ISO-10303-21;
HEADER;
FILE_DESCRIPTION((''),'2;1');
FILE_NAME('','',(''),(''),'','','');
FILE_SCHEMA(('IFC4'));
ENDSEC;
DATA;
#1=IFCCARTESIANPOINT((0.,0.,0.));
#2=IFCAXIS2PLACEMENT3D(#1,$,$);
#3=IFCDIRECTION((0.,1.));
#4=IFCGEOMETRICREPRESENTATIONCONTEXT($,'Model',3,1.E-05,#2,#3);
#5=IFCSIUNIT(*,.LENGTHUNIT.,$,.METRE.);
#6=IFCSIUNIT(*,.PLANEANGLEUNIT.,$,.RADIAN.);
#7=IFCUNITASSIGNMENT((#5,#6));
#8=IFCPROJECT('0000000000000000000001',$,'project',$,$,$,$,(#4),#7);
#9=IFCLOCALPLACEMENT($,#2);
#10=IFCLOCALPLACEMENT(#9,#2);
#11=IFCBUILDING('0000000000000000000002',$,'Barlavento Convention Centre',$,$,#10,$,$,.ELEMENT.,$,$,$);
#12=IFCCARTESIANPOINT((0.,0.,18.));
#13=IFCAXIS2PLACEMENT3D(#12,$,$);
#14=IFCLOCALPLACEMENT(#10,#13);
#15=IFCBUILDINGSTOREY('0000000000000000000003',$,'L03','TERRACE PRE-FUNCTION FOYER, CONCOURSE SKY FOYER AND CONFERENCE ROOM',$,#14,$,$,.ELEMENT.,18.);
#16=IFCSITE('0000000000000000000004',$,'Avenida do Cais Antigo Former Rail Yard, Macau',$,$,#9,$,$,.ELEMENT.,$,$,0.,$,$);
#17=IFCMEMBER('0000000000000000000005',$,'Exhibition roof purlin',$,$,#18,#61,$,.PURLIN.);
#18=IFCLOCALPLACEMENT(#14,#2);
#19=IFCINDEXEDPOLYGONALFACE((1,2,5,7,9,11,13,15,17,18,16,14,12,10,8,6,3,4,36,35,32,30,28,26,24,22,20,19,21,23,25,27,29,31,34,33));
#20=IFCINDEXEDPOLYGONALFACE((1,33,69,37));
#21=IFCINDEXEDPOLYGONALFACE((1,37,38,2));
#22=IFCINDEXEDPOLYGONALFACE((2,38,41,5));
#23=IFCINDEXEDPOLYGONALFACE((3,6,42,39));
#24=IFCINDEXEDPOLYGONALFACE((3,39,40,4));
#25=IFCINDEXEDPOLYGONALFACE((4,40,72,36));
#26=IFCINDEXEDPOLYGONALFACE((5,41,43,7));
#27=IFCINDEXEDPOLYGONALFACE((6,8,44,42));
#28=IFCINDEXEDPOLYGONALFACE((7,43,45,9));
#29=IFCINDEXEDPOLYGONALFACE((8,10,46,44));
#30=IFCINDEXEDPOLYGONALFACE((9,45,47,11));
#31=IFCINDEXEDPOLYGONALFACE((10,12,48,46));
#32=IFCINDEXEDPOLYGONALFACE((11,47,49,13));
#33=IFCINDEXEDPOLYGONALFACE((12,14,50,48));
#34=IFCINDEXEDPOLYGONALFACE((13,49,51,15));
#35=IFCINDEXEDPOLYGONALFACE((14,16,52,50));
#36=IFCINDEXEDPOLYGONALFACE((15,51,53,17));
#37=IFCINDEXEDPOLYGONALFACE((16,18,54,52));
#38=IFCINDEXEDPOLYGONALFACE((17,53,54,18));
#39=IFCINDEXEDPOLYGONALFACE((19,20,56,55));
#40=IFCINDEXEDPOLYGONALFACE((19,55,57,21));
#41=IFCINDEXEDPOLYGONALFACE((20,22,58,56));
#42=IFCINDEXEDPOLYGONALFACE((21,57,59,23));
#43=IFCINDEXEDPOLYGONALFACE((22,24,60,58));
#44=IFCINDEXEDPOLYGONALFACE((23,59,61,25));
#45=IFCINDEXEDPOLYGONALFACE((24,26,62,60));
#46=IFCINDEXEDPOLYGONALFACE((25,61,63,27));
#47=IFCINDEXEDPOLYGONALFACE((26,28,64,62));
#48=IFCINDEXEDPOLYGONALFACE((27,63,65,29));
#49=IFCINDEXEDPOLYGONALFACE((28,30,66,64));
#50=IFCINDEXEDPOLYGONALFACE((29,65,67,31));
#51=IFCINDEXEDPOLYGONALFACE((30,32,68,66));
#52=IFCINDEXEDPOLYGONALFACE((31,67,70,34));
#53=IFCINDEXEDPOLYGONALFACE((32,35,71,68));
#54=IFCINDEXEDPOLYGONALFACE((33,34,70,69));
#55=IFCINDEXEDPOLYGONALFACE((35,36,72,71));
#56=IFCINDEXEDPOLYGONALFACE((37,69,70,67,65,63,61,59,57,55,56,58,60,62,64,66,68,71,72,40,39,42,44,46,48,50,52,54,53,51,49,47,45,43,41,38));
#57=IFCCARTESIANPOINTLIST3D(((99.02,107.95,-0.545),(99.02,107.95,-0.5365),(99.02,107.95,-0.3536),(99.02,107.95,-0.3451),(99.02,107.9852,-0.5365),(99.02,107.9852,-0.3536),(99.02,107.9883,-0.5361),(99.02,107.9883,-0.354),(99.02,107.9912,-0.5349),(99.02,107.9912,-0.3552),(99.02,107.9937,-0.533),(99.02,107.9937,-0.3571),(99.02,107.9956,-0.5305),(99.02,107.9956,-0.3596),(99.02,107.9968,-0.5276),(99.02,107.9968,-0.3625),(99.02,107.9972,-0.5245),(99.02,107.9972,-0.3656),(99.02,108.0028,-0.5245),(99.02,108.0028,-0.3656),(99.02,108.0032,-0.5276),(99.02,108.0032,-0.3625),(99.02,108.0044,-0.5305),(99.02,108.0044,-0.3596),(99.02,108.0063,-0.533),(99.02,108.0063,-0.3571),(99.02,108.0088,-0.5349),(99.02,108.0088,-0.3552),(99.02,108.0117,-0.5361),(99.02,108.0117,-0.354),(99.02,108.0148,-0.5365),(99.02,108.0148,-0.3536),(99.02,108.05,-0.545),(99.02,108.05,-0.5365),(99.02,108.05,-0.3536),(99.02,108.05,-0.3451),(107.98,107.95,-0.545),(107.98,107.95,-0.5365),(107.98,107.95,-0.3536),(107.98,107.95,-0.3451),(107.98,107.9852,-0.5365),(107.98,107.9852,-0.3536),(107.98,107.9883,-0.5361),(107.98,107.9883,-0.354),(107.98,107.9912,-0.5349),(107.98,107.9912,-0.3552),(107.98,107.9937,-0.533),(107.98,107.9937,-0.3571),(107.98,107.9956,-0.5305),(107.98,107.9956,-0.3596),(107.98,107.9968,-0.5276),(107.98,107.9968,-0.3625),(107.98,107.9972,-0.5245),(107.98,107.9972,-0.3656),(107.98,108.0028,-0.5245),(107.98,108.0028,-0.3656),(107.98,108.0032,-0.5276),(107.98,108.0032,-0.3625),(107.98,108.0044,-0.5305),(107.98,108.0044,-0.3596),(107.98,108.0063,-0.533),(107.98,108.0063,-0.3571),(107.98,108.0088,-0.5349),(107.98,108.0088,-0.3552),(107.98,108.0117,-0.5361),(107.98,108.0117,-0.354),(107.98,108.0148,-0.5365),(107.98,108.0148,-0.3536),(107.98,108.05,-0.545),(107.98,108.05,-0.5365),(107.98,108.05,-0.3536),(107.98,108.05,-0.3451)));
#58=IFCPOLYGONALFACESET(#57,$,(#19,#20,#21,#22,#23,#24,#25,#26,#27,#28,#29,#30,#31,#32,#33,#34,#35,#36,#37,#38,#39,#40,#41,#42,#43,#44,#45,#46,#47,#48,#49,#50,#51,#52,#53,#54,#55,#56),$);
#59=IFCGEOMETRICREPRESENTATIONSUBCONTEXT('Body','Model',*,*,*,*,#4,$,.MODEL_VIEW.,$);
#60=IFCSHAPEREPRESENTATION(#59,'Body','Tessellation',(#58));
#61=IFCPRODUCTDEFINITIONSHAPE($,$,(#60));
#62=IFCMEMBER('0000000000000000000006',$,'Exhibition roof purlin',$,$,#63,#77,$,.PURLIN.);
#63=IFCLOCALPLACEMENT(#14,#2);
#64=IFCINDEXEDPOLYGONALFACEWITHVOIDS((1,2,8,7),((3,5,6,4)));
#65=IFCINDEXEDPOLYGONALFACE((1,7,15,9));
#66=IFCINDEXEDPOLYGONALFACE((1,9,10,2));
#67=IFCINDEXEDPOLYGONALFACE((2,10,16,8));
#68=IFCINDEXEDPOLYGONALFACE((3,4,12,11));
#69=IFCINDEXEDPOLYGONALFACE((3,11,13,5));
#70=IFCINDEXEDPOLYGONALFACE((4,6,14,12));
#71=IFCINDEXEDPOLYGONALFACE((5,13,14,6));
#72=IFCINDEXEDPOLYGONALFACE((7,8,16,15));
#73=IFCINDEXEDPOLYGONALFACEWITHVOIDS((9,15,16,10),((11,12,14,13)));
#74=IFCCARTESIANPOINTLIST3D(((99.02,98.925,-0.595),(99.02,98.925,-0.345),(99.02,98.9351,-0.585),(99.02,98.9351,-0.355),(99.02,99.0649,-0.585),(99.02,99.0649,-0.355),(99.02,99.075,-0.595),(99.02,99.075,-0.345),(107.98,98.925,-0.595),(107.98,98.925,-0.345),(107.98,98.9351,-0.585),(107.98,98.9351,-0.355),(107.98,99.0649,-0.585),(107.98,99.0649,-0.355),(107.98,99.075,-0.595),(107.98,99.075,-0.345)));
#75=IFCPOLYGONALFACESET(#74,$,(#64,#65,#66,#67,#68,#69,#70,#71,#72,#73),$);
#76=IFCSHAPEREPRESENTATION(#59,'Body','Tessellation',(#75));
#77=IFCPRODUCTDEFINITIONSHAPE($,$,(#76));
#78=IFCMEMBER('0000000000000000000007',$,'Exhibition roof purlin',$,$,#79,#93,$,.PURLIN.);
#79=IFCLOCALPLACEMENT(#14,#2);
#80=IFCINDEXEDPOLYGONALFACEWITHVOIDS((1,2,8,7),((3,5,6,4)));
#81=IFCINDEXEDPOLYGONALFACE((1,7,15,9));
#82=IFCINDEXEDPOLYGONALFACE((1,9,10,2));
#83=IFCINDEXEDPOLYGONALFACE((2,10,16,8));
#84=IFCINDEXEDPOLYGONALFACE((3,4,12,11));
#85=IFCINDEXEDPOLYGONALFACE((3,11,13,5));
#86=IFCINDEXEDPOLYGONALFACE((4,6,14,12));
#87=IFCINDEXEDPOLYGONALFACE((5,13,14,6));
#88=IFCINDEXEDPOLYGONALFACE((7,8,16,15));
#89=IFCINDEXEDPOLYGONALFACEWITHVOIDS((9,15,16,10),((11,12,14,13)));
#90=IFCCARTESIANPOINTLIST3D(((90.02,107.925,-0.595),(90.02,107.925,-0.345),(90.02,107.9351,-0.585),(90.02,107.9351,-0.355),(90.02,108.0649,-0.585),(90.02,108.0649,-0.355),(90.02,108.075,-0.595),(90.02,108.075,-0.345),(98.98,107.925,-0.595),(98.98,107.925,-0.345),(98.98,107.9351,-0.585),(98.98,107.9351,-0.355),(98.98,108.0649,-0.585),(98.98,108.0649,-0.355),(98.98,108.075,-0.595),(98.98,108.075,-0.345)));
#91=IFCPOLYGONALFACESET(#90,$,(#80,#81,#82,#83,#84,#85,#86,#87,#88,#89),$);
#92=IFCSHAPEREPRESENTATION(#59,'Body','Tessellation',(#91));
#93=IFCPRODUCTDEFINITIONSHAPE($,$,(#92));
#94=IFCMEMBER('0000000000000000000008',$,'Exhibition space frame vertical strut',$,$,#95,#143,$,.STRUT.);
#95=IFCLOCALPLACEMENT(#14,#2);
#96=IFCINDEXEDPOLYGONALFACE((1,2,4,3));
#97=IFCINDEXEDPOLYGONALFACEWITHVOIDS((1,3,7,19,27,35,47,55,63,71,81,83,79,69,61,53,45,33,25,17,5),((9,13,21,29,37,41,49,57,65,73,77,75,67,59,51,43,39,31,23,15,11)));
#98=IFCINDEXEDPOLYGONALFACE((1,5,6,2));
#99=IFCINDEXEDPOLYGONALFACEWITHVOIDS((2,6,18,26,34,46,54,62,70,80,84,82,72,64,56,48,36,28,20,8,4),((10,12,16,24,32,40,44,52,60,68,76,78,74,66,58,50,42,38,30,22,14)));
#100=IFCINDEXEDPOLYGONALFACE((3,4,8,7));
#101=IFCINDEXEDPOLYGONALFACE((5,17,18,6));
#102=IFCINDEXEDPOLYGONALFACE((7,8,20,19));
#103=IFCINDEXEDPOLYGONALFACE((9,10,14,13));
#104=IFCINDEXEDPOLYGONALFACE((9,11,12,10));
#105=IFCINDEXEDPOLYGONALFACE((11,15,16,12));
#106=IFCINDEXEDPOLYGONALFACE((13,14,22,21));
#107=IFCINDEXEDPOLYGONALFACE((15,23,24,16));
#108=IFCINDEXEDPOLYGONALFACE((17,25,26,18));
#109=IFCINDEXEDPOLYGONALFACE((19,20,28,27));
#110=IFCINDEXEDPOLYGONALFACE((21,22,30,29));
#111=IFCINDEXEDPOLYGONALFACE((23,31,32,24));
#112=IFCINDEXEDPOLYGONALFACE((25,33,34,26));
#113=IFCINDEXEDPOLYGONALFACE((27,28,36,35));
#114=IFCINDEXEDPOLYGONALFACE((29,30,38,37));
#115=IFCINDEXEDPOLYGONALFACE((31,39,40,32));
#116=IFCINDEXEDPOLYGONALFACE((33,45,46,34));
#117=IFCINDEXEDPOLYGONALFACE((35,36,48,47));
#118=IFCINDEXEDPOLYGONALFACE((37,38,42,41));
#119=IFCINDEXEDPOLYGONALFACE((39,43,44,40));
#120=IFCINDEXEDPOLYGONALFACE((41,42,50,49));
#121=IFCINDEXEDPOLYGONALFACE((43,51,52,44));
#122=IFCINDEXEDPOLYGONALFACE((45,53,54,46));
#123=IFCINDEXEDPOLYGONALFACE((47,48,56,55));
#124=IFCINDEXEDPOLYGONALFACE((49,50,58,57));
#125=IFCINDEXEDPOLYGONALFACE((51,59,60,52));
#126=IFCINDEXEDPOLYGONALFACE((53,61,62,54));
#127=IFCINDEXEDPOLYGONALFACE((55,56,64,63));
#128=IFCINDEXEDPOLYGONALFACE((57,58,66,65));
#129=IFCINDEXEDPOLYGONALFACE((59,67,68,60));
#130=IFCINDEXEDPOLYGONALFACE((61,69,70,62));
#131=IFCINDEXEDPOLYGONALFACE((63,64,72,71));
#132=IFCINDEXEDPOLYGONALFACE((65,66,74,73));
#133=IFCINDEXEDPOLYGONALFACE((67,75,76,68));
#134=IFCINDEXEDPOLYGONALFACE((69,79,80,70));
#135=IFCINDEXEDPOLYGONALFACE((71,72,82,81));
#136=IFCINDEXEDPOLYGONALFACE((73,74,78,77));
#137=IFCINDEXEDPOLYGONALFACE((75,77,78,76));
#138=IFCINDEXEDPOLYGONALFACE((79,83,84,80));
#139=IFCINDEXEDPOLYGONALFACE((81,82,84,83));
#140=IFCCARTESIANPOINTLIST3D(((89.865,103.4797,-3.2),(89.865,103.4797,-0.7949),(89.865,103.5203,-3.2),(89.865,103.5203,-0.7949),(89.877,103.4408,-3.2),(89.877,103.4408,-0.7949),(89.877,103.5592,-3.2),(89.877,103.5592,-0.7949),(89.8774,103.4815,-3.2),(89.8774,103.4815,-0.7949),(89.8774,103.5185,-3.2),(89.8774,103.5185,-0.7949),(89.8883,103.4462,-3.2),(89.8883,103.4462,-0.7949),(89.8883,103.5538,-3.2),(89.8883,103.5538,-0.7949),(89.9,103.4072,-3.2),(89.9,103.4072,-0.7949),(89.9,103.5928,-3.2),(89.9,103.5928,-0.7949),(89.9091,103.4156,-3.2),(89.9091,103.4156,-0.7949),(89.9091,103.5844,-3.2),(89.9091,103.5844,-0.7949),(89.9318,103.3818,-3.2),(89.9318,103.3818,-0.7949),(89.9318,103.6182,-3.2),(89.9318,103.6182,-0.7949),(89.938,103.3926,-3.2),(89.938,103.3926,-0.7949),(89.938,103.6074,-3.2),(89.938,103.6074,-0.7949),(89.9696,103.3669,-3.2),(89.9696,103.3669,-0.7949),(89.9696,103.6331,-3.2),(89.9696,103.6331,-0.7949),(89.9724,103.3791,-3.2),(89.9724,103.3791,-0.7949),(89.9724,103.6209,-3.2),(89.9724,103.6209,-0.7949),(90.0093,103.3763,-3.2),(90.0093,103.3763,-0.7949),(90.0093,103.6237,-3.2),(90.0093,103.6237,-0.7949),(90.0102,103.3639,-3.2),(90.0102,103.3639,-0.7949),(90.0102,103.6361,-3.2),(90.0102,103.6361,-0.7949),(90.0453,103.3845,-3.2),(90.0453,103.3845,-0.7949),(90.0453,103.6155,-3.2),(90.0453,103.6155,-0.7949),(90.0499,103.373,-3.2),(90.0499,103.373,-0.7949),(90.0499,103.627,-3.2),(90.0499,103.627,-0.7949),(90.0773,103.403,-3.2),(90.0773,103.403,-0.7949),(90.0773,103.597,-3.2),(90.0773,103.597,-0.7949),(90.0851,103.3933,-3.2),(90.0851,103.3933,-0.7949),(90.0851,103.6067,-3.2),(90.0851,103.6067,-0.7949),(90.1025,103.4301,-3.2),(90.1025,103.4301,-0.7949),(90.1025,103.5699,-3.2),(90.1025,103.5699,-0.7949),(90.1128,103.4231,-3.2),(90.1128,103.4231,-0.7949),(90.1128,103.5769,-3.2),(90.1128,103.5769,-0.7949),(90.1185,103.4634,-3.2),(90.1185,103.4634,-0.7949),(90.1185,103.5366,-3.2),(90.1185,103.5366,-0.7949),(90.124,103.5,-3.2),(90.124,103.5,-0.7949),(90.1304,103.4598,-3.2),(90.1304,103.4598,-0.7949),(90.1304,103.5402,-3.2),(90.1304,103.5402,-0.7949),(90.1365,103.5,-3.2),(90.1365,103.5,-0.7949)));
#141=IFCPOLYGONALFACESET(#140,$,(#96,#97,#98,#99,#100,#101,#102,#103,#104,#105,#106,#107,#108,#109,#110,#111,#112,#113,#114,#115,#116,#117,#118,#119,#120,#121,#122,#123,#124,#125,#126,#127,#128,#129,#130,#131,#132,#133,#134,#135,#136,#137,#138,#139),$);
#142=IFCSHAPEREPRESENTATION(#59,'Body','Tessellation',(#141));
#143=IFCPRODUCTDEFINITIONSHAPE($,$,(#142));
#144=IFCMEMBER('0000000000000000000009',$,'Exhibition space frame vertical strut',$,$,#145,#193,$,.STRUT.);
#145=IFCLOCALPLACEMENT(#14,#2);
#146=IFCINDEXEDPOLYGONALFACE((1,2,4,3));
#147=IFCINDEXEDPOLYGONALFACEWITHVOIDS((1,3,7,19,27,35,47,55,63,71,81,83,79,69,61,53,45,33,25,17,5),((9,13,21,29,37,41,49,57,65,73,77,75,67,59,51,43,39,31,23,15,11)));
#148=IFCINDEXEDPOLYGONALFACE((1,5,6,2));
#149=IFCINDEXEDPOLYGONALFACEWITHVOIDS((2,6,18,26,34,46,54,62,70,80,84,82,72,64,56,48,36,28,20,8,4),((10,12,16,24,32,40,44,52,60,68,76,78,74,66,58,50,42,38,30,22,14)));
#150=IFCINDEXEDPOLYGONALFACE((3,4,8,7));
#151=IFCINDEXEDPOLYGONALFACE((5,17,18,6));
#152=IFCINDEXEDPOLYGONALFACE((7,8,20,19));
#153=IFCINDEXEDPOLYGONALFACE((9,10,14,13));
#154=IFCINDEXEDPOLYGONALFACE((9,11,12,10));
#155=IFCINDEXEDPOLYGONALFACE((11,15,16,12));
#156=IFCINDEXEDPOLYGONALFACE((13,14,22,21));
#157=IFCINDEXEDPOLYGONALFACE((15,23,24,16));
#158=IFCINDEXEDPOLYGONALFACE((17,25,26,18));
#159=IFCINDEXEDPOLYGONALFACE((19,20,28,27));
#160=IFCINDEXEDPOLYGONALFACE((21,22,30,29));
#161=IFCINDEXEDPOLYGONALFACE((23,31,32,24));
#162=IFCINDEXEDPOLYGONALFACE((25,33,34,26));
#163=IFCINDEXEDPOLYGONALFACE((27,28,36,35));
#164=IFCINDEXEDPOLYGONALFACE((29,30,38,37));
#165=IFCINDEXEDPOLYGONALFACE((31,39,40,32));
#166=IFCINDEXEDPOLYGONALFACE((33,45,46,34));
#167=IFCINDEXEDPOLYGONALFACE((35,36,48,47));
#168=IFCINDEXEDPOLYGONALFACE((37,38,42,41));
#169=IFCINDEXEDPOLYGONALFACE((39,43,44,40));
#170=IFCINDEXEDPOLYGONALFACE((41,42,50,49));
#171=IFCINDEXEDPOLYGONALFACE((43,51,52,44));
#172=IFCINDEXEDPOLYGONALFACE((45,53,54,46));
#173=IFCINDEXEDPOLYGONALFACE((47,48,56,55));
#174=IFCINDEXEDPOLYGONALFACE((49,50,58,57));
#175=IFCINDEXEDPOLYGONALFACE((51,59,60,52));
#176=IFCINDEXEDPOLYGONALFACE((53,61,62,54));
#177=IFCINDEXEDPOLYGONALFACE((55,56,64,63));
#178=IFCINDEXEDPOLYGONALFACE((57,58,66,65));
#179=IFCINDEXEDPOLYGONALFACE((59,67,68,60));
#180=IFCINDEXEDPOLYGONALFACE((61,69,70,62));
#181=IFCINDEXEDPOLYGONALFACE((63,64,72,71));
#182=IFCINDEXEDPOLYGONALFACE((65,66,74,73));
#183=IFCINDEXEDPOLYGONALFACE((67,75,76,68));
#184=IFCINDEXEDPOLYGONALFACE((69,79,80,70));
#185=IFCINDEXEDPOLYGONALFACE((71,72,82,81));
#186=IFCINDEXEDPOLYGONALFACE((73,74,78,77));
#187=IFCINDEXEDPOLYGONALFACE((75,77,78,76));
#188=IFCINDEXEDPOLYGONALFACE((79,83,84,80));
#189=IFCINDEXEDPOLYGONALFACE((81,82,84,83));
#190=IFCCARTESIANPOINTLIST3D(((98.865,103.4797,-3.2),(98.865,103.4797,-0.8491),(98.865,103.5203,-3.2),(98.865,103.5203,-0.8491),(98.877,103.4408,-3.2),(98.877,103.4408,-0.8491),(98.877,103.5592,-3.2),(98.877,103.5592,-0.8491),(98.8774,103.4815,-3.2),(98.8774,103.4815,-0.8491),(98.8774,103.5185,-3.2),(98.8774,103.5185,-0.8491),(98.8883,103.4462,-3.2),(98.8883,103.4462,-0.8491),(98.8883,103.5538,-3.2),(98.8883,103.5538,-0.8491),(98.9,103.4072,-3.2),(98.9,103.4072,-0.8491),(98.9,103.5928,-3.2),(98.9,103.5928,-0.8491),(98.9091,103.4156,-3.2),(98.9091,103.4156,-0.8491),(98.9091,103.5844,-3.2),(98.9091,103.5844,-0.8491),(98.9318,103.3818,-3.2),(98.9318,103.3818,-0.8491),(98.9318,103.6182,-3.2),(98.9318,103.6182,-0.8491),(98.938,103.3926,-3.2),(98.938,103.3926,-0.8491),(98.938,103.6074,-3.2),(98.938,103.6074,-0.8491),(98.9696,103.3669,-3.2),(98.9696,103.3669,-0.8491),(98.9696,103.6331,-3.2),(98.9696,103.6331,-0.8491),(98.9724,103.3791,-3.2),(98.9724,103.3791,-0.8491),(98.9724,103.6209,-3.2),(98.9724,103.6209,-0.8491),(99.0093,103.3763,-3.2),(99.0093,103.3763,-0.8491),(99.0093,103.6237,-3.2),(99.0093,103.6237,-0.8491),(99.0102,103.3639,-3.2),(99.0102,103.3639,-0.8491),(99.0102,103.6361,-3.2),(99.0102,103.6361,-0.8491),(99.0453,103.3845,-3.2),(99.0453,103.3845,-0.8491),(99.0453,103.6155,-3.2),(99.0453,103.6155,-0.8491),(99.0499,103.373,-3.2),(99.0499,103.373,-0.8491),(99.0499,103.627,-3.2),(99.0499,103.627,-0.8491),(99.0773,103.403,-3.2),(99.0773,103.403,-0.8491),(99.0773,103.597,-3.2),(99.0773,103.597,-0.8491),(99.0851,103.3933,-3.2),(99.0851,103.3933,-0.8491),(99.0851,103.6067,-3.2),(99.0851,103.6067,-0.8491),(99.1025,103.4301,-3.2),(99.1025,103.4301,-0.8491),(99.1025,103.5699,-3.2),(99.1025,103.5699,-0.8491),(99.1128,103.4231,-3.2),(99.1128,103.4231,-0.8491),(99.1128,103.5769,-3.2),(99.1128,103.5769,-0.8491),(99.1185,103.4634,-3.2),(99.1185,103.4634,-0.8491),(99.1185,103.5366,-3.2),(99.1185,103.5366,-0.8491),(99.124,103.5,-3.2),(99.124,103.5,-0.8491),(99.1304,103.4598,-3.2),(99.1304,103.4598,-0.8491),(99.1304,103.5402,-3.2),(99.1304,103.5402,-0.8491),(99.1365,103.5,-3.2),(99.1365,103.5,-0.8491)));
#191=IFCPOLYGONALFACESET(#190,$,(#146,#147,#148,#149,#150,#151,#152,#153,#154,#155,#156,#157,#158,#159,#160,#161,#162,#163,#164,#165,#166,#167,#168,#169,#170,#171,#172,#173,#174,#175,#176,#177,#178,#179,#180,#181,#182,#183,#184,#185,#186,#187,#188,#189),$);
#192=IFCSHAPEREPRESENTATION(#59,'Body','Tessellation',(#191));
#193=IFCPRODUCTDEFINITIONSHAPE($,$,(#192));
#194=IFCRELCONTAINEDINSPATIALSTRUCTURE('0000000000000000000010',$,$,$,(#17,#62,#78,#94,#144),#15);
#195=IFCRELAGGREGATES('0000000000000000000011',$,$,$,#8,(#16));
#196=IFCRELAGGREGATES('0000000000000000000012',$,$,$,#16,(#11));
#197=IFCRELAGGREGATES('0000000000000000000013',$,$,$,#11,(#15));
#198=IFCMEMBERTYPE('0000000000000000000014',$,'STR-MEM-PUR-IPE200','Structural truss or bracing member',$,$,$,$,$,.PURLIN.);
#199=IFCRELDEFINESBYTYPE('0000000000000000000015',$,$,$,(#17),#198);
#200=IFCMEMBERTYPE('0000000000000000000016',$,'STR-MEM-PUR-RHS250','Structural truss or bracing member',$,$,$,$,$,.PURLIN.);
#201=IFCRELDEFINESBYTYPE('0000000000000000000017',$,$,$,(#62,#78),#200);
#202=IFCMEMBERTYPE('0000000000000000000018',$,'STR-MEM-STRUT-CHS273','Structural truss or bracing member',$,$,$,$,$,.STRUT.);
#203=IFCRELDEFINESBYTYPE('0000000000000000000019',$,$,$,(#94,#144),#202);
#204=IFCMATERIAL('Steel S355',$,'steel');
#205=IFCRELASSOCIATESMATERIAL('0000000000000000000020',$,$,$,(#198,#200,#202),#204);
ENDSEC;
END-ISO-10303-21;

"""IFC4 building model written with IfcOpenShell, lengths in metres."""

from ifc_helpers import new_model, si_unit, direction, frame, origin, origin_2d, place, context, subcontext, project, spatial, hollow_rectangle, hollow_circle, i_section, extrude, material, material_profile, profile_set, type_object, element, save


model = new_model("IFC4")

# Units and contexts
model_context = context("Model", 3, precision=1e-05, world=origin(), true_north=direction((0.0, 1.0)))
body_context = subcontext(model_context, "Body", "Model", "MODEL_VIEW")
ifc_project = project(units=[si_unit("LENGTHUNIT", "METRE"), si_unit("PLANEANGLEUNIT", "RADIAN")], contexts=[model_context])

# Site, building, storey
site_placement = place(None, origin())
site = spatial("IfcSite", under=ifc_project, at=site_placement, Name="Avenida do Cais Antigo Former Rail Yard, Macau", CompositionType="ELEMENT", RefElevation=0.0)
building_placement = place(site_placement, origin())
building = spatial("IfcBuilding", under=site, at=building_placement, Name="Barlavento Convention Centre", CompositionType="ELEMENT")
storey_placement = place(building_placement, frame((0.0, 0.0, 18.0)))
storey = spatial("IfcBuildingStorey", under=building, at=storey_placement, Name="L03", Description="TERRACE PRE-FUNCTION FOYER, CONCOURSE SKY FOYER AND CONFERENCE ROOM", CompositionType="ELEMENT", Elevation=18.0)

# Shared definitions
ifc_material_1 = material(Name="Steel S355", Category="steel")

# Members
ifc_material_profile_1 = material_profile(ifc_material_1, i_section(OverallWidth=0.1001, OverallDepth=0.2, WebThickness=0.0056, FlangeThickness=0.0085, FilletRadius=0.012, at=origin_2d()), Name="IPE 200")
ifc_profile_set_1 = profile_set([ifc_material_profile_1], Name="Steel S355")
member_type_1 = type_object("IfcMemberType", Name="STR-MEM-PUR-IPE200", Description="Structural truss or bracing member", PredefinedType="PURLIN", material=ifc_profile_set_1)
for number, where, z_axis, x_axis, name in (
    (1, (99.02, 108.0, -0.4451), (1.0, 0.0, 0.0), (0.0, 1.0, 0.0), "Exhibition roof purlin"),
):
    element("IfcMember", number, at=place(storey_placement, frame(where, z_axis=z_axis, x_axis=x_axis)), inside=storey, type_object=member_type_1, Name=name, PredefinedType="PURLIN", context=body_context, shape_type="SweptSolid", body=[
        extrude(i_section(OverallWidth=0.1001, OverallDepth=0.2, WebThickness=0.0056, FlangeThickness=0.0085, FilletRadius=0.012, at=origin_2d()), origin(), (0.0, 0.0, 1.0), 8.96),
    ])
ifc_material_profile_2 = material_profile(ifc_material_1, hollow_rectangle(XDim=0.1499, YDim=0.25, WallThickness=0.01, at=origin_2d()), Name="RHS 250x150x10.0")
ifc_profile_set_2 = profile_set([ifc_material_profile_2], Name="Steel S355")
member_type_2 = type_object("IfcMemberType", Name="STR-MEM-PUR-RHS250", Description="Structural truss or bracing member", PredefinedType="PURLIN", material=ifc_profile_set_2)
for number, where, z_axis, x_axis, name in (
    (2, (99.02, 99.0, -0.47), (1.0, 0.0, 0.0), (0.0, 1.0, 0.0), "Exhibition roof purlin"),
    (3, (90.02, 108.0, -0.47), (1.0, 0.0, 0.0), (0.0, 1.0, 0.0), "Exhibition roof purlin"),
):
    element("IfcMember", number, at=place(storey_placement, frame(where, z_axis=z_axis, x_axis=x_axis)), inside=storey, type_object=member_type_2, Name=name, PredefinedType="PURLIN", context=body_context, shape_type="SweptSolid", body=[
        extrude(hollow_rectangle(XDim=0.1499, YDim=0.25, WallThickness=0.01, at=origin_2d()), origin(), (0.0, 0.0, 1.0), 8.96),
    ])
ifc_material_profile_3 = material_profile(ifc_material_1, hollow_circle(Radius=0.1365, WallThickness=0.0125, at=origin_2d()), Name="CHS 273.0x12.5")
ifc_profile_set_3 = profile_set([ifc_material_profile_3], Name="Steel S355")
member_type_3 = type_object("IfcMemberType", Name="STR-MEM-STRUT-CHS273", Description="Structural truss or bracing member", PredefinedType="STRUT", material=ifc_profile_set_3)
member_1_placement = place(storey_placement, frame((90.0, 103.5, -3.2), z_axis=(0.0, 0.0, 1.0), x_axis=(1.0, 0.0, 0.0)))
element("IfcMember", 4, at=member_1_placement, inside=storey, type_object=member_type_3, Name="Exhibition space frame vertical strut", PredefinedType="STRUT", context=body_context, shape_type="SweptSolid", body=[
    extrude(hollow_circle(Radius=0.1365, WallThickness=0.0125, at=origin_2d()), origin(), (0.0, 0.0, 1.0), 2.405),
])
member_2_placement = place(storey_placement, frame((99.0, 103.5, -3.2), z_axis=(0.0, 0.0, 1.0), x_axis=(1.0, 0.0, 0.0)))
element("IfcMember", 5, at=member_2_placement, inside=storey, type_object=member_type_3, Name="Exhibition space frame vertical strut", PredefinedType="STRUT", context=body_context, shape_type="SweptSolid", body=[
    extrude(hollow_circle(Radius=0.1365, WallThickness=0.0125, at=origin_2d()), origin(), (0.0, 0.0, 1.0), 2.3508),
])

save(model, "model.ifc")
